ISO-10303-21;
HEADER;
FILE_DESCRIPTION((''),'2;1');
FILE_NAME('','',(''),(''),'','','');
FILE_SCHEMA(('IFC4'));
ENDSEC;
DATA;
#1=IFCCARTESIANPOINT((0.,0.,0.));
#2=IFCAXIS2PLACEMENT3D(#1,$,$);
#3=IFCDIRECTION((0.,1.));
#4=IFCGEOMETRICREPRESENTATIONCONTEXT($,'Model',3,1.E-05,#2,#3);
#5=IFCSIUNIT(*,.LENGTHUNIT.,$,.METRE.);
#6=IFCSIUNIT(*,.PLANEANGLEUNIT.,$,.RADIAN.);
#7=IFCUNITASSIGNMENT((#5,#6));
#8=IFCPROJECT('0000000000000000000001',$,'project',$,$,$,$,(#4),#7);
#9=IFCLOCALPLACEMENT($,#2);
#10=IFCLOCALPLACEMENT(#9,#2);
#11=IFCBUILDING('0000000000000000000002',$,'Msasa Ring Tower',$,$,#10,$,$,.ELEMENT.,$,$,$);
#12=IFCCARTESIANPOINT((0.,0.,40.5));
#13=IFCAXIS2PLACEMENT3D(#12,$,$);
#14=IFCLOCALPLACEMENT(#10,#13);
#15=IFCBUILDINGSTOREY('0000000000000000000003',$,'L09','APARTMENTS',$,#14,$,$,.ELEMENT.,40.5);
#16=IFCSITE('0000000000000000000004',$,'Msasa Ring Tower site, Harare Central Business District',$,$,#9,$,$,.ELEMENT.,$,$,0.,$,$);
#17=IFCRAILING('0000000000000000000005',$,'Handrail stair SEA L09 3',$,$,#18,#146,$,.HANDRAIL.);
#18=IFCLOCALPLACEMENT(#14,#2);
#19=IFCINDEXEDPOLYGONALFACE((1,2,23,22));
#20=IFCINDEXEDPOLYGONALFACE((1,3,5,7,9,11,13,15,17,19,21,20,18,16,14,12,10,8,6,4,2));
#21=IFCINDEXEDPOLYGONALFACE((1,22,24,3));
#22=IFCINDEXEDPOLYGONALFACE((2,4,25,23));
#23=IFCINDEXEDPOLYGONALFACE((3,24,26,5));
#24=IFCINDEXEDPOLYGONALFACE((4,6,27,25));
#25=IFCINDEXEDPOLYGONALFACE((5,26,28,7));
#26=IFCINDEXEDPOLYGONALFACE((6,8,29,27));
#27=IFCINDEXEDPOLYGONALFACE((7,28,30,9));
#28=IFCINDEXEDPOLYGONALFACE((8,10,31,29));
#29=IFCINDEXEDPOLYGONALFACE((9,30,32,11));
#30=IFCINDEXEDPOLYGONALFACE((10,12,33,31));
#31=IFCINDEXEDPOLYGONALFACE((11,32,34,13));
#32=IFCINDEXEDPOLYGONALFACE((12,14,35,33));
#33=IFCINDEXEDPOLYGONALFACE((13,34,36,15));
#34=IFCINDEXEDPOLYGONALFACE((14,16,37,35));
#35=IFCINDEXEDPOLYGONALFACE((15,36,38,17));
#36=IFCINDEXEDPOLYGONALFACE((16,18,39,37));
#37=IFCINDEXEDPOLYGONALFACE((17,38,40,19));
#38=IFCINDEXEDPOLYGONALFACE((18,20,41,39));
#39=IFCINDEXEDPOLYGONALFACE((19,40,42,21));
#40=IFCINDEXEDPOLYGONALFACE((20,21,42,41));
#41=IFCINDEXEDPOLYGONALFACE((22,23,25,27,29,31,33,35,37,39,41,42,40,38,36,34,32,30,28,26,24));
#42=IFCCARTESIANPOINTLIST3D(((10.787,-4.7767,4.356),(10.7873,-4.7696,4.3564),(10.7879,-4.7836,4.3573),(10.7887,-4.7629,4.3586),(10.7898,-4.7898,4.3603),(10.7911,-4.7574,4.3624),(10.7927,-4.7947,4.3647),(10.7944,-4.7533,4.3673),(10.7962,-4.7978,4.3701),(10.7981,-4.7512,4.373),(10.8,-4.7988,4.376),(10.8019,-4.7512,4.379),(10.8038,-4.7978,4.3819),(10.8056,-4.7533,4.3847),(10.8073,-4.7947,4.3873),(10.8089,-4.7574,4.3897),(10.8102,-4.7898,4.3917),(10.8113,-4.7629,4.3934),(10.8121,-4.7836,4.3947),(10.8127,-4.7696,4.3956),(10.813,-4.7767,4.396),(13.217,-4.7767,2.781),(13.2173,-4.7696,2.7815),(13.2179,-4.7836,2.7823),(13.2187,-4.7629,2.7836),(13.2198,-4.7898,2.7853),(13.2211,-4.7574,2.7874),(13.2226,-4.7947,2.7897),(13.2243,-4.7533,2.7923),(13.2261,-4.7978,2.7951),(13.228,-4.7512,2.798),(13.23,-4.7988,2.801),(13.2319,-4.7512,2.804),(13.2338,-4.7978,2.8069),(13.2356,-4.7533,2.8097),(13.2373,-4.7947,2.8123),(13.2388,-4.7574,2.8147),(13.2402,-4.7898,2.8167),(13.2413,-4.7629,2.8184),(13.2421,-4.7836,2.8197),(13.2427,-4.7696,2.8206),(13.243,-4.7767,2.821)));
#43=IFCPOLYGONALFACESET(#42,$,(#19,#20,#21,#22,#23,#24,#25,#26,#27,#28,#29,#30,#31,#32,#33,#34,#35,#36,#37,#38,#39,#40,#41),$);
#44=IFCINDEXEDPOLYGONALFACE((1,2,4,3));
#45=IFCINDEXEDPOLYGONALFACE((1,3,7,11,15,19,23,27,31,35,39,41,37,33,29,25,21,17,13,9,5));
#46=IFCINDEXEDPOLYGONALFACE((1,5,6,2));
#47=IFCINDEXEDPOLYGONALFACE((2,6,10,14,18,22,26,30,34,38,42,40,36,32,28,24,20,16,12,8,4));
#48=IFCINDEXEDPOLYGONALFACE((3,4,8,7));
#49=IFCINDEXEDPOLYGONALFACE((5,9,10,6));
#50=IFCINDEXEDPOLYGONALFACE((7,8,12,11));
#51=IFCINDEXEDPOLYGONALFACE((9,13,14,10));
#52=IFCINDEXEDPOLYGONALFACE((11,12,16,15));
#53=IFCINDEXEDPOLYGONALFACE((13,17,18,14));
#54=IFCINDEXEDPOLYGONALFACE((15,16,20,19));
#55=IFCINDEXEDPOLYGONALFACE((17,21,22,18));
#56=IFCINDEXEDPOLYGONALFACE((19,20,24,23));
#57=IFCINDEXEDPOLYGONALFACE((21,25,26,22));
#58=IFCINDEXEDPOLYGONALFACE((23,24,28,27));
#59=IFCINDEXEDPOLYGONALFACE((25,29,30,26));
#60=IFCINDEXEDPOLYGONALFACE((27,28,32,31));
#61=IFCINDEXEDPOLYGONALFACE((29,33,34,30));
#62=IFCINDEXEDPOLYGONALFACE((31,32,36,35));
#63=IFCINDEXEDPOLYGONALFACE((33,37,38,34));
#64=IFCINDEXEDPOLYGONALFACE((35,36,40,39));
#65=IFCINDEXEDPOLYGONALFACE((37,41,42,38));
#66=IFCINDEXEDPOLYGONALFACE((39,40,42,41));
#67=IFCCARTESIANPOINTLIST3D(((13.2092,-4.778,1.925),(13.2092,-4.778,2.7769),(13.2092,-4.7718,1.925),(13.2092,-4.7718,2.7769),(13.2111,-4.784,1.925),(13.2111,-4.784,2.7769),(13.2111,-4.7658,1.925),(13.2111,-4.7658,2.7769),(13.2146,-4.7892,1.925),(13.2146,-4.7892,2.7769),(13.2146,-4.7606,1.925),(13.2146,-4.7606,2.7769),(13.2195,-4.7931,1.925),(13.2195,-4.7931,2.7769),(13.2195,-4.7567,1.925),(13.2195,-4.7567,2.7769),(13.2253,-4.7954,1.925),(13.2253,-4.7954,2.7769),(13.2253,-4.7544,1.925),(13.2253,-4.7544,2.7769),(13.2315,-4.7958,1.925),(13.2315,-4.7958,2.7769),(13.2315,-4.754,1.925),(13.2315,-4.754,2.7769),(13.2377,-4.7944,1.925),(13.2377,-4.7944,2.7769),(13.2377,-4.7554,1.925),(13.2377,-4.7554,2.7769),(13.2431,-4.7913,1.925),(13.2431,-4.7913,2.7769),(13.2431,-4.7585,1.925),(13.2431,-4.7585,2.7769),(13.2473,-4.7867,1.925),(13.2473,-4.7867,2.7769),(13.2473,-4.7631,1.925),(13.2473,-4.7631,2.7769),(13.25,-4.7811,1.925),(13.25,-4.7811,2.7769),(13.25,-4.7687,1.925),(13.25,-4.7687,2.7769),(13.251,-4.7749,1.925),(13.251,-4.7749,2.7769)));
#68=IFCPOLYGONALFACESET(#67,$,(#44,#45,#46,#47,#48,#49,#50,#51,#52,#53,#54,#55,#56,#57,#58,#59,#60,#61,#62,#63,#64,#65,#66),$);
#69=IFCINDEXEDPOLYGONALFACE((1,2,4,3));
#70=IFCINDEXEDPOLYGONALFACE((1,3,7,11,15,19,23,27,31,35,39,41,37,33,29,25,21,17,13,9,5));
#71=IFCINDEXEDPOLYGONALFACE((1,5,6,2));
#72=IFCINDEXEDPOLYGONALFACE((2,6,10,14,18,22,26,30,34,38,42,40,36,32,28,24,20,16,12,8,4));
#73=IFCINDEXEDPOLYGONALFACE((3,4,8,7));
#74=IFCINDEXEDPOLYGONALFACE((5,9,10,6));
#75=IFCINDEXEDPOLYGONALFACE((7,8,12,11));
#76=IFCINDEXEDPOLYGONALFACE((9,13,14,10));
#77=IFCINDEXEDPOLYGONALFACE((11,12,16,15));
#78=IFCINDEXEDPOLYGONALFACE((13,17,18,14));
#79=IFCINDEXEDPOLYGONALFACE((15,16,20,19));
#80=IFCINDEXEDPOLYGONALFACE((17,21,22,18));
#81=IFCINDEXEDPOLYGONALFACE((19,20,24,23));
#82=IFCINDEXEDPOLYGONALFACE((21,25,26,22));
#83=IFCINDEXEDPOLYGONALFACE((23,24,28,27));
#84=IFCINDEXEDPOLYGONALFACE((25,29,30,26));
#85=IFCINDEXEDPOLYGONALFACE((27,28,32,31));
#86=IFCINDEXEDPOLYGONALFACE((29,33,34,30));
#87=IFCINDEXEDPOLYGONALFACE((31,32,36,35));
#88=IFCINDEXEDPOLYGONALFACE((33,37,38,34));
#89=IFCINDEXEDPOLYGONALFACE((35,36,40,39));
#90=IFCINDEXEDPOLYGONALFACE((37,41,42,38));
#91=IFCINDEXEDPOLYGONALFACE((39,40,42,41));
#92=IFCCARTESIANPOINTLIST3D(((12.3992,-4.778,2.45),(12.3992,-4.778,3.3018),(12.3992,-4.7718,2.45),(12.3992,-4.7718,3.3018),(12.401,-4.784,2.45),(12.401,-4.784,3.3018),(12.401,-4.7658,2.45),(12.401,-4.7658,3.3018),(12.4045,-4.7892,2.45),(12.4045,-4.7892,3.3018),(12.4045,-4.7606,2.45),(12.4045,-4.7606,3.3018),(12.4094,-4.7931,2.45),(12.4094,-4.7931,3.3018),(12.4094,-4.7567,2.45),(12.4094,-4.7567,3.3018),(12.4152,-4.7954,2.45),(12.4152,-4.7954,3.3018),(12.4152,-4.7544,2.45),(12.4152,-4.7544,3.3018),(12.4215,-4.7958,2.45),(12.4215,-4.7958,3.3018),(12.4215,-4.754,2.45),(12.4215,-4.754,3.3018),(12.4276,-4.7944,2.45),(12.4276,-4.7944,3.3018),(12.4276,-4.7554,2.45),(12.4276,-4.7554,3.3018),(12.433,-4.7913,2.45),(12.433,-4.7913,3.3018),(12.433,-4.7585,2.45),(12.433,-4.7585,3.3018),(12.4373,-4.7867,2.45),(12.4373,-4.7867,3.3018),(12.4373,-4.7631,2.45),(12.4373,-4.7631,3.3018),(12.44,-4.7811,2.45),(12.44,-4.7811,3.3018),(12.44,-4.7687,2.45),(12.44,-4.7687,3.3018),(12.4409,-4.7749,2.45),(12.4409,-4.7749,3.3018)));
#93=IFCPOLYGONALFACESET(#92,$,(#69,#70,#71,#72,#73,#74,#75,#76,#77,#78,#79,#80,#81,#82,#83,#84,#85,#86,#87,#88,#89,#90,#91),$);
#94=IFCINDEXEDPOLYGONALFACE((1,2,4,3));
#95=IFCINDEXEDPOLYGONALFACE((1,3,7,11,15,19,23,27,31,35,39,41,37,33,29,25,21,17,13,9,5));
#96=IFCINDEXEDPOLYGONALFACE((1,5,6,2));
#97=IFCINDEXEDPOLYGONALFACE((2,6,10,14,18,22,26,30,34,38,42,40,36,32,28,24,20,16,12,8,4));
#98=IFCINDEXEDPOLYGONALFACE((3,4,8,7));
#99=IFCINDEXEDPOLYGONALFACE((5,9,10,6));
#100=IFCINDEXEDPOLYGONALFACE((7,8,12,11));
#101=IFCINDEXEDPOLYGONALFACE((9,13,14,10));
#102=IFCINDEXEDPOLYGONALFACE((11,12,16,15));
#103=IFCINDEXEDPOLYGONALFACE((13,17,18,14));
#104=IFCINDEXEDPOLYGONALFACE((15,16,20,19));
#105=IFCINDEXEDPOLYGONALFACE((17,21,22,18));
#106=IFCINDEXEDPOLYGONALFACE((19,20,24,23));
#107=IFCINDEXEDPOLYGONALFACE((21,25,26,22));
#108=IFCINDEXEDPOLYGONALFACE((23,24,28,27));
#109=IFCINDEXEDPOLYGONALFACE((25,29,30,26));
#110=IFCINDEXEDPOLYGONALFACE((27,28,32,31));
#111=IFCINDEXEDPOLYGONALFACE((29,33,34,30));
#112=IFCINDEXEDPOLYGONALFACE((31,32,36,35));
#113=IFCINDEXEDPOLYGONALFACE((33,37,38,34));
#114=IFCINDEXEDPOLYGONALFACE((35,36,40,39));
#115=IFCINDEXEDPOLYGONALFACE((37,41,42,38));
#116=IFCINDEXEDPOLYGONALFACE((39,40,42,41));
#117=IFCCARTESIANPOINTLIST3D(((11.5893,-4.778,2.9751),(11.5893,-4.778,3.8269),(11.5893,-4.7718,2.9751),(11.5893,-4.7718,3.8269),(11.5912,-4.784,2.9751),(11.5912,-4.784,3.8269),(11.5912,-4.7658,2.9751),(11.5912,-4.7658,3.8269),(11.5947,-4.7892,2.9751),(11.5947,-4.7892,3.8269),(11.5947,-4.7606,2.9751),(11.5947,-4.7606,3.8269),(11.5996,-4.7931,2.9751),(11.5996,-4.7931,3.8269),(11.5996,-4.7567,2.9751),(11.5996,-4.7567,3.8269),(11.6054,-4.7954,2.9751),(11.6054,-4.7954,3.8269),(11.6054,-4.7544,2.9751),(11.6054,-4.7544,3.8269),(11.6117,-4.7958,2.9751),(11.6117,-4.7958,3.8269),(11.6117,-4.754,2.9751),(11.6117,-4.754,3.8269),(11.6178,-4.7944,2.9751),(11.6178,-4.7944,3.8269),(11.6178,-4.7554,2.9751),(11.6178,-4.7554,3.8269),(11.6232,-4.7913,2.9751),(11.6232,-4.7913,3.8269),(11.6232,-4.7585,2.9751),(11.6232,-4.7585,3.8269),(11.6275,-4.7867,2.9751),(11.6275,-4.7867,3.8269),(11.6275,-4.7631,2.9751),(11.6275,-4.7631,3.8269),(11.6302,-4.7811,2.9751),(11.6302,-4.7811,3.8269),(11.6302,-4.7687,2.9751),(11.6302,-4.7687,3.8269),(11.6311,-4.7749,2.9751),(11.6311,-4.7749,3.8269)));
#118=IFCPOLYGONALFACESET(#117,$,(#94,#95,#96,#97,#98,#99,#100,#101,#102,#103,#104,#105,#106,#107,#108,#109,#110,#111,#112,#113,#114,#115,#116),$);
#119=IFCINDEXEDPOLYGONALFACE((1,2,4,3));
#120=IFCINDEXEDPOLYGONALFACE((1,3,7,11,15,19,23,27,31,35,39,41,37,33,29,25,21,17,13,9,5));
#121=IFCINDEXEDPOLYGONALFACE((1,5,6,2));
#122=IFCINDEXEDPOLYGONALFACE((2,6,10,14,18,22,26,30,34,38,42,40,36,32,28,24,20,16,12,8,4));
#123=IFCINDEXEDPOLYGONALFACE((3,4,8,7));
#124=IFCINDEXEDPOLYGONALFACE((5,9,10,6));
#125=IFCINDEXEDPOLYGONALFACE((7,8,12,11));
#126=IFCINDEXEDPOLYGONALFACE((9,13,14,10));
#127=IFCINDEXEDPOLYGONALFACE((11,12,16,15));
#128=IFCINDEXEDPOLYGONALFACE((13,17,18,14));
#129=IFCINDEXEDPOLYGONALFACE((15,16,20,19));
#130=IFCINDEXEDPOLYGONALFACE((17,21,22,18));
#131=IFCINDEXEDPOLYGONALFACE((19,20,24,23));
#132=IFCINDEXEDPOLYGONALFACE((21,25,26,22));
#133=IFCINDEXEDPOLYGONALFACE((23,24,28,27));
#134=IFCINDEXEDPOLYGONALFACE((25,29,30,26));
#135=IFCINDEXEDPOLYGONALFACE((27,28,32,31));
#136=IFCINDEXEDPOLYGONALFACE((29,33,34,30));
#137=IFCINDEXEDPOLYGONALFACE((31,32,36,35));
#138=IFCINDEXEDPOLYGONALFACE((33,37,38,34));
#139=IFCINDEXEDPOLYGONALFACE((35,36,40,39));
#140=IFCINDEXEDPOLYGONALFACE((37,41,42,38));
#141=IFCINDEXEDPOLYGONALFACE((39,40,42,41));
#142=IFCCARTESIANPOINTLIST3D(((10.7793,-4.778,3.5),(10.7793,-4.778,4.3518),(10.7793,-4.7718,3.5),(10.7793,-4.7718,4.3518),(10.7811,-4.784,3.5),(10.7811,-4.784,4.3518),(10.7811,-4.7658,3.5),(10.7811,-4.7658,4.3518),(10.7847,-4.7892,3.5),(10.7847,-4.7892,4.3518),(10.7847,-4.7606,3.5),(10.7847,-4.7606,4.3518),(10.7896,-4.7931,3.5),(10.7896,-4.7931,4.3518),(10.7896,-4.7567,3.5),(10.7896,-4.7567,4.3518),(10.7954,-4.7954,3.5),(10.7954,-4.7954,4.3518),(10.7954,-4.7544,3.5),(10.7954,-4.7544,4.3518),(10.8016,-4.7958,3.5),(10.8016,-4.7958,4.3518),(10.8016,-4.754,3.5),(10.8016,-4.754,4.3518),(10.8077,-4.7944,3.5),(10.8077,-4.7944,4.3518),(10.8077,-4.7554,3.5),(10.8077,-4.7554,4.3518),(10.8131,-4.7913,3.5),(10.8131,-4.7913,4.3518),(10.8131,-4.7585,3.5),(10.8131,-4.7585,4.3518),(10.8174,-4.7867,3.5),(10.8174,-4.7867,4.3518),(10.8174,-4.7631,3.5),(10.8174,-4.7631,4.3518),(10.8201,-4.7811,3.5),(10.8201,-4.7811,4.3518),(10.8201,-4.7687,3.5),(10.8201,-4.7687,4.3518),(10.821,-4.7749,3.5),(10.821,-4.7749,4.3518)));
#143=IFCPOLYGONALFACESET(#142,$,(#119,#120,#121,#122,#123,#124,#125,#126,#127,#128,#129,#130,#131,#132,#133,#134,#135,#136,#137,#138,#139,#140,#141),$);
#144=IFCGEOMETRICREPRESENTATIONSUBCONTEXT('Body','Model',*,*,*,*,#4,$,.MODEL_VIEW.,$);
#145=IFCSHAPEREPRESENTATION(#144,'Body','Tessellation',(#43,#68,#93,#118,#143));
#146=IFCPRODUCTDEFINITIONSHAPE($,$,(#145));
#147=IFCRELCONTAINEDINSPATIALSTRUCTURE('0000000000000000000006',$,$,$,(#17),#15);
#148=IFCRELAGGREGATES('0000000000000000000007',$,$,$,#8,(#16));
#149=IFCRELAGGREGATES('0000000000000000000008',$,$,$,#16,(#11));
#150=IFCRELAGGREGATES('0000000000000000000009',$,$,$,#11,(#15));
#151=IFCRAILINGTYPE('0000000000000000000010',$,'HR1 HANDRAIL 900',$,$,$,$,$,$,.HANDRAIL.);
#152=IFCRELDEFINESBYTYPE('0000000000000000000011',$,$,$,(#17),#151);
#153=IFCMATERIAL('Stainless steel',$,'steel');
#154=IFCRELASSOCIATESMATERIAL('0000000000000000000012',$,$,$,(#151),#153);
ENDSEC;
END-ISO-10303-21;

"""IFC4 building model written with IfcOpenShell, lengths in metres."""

from ifc_helpers import new_model, si_unit, direction, frame, origin, origin_2d, place, context, subcontext, project, spatial, circle, extrude, material, type_object, element, save


model = new_model("IFC4")

# Units and contexts
model_context = context("Model", 3, precision=1e-05, world=origin(), true_north=direction((0.0, 1.0)))
body_context = subcontext(model_context, "Body", "Model", "MODEL_VIEW")
ifc_project = project(units=[si_unit("LENGTHUNIT", "METRE"), si_unit("PLANEANGLEUNIT", "RADIAN")], contexts=[model_context])

# Site, building, storey
site_placement = place(None, origin())
site = spatial("IfcSite", under=ifc_project, at=site_placement, Name="Msasa Ring Tower site, Harare Central Business District", CompositionType="ELEMENT", RefElevation=0.0)
building_placement = place(site_placement, origin())
building = spatial("IfcBuilding", under=site, at=building_placement, Name="Msasa Ring Tower", CompositionType="ELEMENT")
storey_placement = place(building_placement, frame((0.0, 0.0, 40.5)))
storey = spatial("IfcBuildingStorey", under=building, at=storey_placement, Name="L09", Description="APARTMENTS", CompositionType="ELEMENT", Elevation=40.5)

# Railing
ifc_material_1 = material(Name="Stainless steel", Category="steel")
railing_type = type_object("IfcRailingType", Name="HR1 HANDRAIL 900", PredefinedType="HANDRAIL", material=ifc_material_1)
for number, where, name in (
    (1, (13.23, -4.7749, 1.925), "Handrail stair SEA L09 3"),
):
    element("IfcRailing", number, at=place(storey_placement, frame(where)), inside=storey, type_object=railing_type, Name=name, PredefinedType="HANDRAIL", context=body_context, shape_type="SweptSolid", body=[
        extrude(circle(Radius=0.0239, at=origin_2d()), frame((0.0, 0.0, 0.876), z_axis=(-0.839154, 0.0, 0.543894), x_axis=(0.0, -1.0, 0.0)), (0.0, 0.0, 1.0), 2.8958),
        extrude(circle(Radius=0.021, at=origin_2d()), origin(), (0.0, 0.0, 1.0), 0.8518),
        extrude(circle(Radius=0.021, at=origin_2d()), frame((-0.8101, 0.0, 0.5249)), (0.0, 0.0, 1.0), 0.8518),
        extrude(circle(Radius=0.021, at=origin_2d()), frame((-1.6199, 0.0, 1.05)), (0.0, 0.0, 1.0), 0.8518),
        extrude(circle(Radius=0.021, at=origin_2d()), frame((-2.4299, 0.0, 1.575)), (0.0, 0.0, 1.0), 0.8518),
    ])

save(model, "model.ifc")
